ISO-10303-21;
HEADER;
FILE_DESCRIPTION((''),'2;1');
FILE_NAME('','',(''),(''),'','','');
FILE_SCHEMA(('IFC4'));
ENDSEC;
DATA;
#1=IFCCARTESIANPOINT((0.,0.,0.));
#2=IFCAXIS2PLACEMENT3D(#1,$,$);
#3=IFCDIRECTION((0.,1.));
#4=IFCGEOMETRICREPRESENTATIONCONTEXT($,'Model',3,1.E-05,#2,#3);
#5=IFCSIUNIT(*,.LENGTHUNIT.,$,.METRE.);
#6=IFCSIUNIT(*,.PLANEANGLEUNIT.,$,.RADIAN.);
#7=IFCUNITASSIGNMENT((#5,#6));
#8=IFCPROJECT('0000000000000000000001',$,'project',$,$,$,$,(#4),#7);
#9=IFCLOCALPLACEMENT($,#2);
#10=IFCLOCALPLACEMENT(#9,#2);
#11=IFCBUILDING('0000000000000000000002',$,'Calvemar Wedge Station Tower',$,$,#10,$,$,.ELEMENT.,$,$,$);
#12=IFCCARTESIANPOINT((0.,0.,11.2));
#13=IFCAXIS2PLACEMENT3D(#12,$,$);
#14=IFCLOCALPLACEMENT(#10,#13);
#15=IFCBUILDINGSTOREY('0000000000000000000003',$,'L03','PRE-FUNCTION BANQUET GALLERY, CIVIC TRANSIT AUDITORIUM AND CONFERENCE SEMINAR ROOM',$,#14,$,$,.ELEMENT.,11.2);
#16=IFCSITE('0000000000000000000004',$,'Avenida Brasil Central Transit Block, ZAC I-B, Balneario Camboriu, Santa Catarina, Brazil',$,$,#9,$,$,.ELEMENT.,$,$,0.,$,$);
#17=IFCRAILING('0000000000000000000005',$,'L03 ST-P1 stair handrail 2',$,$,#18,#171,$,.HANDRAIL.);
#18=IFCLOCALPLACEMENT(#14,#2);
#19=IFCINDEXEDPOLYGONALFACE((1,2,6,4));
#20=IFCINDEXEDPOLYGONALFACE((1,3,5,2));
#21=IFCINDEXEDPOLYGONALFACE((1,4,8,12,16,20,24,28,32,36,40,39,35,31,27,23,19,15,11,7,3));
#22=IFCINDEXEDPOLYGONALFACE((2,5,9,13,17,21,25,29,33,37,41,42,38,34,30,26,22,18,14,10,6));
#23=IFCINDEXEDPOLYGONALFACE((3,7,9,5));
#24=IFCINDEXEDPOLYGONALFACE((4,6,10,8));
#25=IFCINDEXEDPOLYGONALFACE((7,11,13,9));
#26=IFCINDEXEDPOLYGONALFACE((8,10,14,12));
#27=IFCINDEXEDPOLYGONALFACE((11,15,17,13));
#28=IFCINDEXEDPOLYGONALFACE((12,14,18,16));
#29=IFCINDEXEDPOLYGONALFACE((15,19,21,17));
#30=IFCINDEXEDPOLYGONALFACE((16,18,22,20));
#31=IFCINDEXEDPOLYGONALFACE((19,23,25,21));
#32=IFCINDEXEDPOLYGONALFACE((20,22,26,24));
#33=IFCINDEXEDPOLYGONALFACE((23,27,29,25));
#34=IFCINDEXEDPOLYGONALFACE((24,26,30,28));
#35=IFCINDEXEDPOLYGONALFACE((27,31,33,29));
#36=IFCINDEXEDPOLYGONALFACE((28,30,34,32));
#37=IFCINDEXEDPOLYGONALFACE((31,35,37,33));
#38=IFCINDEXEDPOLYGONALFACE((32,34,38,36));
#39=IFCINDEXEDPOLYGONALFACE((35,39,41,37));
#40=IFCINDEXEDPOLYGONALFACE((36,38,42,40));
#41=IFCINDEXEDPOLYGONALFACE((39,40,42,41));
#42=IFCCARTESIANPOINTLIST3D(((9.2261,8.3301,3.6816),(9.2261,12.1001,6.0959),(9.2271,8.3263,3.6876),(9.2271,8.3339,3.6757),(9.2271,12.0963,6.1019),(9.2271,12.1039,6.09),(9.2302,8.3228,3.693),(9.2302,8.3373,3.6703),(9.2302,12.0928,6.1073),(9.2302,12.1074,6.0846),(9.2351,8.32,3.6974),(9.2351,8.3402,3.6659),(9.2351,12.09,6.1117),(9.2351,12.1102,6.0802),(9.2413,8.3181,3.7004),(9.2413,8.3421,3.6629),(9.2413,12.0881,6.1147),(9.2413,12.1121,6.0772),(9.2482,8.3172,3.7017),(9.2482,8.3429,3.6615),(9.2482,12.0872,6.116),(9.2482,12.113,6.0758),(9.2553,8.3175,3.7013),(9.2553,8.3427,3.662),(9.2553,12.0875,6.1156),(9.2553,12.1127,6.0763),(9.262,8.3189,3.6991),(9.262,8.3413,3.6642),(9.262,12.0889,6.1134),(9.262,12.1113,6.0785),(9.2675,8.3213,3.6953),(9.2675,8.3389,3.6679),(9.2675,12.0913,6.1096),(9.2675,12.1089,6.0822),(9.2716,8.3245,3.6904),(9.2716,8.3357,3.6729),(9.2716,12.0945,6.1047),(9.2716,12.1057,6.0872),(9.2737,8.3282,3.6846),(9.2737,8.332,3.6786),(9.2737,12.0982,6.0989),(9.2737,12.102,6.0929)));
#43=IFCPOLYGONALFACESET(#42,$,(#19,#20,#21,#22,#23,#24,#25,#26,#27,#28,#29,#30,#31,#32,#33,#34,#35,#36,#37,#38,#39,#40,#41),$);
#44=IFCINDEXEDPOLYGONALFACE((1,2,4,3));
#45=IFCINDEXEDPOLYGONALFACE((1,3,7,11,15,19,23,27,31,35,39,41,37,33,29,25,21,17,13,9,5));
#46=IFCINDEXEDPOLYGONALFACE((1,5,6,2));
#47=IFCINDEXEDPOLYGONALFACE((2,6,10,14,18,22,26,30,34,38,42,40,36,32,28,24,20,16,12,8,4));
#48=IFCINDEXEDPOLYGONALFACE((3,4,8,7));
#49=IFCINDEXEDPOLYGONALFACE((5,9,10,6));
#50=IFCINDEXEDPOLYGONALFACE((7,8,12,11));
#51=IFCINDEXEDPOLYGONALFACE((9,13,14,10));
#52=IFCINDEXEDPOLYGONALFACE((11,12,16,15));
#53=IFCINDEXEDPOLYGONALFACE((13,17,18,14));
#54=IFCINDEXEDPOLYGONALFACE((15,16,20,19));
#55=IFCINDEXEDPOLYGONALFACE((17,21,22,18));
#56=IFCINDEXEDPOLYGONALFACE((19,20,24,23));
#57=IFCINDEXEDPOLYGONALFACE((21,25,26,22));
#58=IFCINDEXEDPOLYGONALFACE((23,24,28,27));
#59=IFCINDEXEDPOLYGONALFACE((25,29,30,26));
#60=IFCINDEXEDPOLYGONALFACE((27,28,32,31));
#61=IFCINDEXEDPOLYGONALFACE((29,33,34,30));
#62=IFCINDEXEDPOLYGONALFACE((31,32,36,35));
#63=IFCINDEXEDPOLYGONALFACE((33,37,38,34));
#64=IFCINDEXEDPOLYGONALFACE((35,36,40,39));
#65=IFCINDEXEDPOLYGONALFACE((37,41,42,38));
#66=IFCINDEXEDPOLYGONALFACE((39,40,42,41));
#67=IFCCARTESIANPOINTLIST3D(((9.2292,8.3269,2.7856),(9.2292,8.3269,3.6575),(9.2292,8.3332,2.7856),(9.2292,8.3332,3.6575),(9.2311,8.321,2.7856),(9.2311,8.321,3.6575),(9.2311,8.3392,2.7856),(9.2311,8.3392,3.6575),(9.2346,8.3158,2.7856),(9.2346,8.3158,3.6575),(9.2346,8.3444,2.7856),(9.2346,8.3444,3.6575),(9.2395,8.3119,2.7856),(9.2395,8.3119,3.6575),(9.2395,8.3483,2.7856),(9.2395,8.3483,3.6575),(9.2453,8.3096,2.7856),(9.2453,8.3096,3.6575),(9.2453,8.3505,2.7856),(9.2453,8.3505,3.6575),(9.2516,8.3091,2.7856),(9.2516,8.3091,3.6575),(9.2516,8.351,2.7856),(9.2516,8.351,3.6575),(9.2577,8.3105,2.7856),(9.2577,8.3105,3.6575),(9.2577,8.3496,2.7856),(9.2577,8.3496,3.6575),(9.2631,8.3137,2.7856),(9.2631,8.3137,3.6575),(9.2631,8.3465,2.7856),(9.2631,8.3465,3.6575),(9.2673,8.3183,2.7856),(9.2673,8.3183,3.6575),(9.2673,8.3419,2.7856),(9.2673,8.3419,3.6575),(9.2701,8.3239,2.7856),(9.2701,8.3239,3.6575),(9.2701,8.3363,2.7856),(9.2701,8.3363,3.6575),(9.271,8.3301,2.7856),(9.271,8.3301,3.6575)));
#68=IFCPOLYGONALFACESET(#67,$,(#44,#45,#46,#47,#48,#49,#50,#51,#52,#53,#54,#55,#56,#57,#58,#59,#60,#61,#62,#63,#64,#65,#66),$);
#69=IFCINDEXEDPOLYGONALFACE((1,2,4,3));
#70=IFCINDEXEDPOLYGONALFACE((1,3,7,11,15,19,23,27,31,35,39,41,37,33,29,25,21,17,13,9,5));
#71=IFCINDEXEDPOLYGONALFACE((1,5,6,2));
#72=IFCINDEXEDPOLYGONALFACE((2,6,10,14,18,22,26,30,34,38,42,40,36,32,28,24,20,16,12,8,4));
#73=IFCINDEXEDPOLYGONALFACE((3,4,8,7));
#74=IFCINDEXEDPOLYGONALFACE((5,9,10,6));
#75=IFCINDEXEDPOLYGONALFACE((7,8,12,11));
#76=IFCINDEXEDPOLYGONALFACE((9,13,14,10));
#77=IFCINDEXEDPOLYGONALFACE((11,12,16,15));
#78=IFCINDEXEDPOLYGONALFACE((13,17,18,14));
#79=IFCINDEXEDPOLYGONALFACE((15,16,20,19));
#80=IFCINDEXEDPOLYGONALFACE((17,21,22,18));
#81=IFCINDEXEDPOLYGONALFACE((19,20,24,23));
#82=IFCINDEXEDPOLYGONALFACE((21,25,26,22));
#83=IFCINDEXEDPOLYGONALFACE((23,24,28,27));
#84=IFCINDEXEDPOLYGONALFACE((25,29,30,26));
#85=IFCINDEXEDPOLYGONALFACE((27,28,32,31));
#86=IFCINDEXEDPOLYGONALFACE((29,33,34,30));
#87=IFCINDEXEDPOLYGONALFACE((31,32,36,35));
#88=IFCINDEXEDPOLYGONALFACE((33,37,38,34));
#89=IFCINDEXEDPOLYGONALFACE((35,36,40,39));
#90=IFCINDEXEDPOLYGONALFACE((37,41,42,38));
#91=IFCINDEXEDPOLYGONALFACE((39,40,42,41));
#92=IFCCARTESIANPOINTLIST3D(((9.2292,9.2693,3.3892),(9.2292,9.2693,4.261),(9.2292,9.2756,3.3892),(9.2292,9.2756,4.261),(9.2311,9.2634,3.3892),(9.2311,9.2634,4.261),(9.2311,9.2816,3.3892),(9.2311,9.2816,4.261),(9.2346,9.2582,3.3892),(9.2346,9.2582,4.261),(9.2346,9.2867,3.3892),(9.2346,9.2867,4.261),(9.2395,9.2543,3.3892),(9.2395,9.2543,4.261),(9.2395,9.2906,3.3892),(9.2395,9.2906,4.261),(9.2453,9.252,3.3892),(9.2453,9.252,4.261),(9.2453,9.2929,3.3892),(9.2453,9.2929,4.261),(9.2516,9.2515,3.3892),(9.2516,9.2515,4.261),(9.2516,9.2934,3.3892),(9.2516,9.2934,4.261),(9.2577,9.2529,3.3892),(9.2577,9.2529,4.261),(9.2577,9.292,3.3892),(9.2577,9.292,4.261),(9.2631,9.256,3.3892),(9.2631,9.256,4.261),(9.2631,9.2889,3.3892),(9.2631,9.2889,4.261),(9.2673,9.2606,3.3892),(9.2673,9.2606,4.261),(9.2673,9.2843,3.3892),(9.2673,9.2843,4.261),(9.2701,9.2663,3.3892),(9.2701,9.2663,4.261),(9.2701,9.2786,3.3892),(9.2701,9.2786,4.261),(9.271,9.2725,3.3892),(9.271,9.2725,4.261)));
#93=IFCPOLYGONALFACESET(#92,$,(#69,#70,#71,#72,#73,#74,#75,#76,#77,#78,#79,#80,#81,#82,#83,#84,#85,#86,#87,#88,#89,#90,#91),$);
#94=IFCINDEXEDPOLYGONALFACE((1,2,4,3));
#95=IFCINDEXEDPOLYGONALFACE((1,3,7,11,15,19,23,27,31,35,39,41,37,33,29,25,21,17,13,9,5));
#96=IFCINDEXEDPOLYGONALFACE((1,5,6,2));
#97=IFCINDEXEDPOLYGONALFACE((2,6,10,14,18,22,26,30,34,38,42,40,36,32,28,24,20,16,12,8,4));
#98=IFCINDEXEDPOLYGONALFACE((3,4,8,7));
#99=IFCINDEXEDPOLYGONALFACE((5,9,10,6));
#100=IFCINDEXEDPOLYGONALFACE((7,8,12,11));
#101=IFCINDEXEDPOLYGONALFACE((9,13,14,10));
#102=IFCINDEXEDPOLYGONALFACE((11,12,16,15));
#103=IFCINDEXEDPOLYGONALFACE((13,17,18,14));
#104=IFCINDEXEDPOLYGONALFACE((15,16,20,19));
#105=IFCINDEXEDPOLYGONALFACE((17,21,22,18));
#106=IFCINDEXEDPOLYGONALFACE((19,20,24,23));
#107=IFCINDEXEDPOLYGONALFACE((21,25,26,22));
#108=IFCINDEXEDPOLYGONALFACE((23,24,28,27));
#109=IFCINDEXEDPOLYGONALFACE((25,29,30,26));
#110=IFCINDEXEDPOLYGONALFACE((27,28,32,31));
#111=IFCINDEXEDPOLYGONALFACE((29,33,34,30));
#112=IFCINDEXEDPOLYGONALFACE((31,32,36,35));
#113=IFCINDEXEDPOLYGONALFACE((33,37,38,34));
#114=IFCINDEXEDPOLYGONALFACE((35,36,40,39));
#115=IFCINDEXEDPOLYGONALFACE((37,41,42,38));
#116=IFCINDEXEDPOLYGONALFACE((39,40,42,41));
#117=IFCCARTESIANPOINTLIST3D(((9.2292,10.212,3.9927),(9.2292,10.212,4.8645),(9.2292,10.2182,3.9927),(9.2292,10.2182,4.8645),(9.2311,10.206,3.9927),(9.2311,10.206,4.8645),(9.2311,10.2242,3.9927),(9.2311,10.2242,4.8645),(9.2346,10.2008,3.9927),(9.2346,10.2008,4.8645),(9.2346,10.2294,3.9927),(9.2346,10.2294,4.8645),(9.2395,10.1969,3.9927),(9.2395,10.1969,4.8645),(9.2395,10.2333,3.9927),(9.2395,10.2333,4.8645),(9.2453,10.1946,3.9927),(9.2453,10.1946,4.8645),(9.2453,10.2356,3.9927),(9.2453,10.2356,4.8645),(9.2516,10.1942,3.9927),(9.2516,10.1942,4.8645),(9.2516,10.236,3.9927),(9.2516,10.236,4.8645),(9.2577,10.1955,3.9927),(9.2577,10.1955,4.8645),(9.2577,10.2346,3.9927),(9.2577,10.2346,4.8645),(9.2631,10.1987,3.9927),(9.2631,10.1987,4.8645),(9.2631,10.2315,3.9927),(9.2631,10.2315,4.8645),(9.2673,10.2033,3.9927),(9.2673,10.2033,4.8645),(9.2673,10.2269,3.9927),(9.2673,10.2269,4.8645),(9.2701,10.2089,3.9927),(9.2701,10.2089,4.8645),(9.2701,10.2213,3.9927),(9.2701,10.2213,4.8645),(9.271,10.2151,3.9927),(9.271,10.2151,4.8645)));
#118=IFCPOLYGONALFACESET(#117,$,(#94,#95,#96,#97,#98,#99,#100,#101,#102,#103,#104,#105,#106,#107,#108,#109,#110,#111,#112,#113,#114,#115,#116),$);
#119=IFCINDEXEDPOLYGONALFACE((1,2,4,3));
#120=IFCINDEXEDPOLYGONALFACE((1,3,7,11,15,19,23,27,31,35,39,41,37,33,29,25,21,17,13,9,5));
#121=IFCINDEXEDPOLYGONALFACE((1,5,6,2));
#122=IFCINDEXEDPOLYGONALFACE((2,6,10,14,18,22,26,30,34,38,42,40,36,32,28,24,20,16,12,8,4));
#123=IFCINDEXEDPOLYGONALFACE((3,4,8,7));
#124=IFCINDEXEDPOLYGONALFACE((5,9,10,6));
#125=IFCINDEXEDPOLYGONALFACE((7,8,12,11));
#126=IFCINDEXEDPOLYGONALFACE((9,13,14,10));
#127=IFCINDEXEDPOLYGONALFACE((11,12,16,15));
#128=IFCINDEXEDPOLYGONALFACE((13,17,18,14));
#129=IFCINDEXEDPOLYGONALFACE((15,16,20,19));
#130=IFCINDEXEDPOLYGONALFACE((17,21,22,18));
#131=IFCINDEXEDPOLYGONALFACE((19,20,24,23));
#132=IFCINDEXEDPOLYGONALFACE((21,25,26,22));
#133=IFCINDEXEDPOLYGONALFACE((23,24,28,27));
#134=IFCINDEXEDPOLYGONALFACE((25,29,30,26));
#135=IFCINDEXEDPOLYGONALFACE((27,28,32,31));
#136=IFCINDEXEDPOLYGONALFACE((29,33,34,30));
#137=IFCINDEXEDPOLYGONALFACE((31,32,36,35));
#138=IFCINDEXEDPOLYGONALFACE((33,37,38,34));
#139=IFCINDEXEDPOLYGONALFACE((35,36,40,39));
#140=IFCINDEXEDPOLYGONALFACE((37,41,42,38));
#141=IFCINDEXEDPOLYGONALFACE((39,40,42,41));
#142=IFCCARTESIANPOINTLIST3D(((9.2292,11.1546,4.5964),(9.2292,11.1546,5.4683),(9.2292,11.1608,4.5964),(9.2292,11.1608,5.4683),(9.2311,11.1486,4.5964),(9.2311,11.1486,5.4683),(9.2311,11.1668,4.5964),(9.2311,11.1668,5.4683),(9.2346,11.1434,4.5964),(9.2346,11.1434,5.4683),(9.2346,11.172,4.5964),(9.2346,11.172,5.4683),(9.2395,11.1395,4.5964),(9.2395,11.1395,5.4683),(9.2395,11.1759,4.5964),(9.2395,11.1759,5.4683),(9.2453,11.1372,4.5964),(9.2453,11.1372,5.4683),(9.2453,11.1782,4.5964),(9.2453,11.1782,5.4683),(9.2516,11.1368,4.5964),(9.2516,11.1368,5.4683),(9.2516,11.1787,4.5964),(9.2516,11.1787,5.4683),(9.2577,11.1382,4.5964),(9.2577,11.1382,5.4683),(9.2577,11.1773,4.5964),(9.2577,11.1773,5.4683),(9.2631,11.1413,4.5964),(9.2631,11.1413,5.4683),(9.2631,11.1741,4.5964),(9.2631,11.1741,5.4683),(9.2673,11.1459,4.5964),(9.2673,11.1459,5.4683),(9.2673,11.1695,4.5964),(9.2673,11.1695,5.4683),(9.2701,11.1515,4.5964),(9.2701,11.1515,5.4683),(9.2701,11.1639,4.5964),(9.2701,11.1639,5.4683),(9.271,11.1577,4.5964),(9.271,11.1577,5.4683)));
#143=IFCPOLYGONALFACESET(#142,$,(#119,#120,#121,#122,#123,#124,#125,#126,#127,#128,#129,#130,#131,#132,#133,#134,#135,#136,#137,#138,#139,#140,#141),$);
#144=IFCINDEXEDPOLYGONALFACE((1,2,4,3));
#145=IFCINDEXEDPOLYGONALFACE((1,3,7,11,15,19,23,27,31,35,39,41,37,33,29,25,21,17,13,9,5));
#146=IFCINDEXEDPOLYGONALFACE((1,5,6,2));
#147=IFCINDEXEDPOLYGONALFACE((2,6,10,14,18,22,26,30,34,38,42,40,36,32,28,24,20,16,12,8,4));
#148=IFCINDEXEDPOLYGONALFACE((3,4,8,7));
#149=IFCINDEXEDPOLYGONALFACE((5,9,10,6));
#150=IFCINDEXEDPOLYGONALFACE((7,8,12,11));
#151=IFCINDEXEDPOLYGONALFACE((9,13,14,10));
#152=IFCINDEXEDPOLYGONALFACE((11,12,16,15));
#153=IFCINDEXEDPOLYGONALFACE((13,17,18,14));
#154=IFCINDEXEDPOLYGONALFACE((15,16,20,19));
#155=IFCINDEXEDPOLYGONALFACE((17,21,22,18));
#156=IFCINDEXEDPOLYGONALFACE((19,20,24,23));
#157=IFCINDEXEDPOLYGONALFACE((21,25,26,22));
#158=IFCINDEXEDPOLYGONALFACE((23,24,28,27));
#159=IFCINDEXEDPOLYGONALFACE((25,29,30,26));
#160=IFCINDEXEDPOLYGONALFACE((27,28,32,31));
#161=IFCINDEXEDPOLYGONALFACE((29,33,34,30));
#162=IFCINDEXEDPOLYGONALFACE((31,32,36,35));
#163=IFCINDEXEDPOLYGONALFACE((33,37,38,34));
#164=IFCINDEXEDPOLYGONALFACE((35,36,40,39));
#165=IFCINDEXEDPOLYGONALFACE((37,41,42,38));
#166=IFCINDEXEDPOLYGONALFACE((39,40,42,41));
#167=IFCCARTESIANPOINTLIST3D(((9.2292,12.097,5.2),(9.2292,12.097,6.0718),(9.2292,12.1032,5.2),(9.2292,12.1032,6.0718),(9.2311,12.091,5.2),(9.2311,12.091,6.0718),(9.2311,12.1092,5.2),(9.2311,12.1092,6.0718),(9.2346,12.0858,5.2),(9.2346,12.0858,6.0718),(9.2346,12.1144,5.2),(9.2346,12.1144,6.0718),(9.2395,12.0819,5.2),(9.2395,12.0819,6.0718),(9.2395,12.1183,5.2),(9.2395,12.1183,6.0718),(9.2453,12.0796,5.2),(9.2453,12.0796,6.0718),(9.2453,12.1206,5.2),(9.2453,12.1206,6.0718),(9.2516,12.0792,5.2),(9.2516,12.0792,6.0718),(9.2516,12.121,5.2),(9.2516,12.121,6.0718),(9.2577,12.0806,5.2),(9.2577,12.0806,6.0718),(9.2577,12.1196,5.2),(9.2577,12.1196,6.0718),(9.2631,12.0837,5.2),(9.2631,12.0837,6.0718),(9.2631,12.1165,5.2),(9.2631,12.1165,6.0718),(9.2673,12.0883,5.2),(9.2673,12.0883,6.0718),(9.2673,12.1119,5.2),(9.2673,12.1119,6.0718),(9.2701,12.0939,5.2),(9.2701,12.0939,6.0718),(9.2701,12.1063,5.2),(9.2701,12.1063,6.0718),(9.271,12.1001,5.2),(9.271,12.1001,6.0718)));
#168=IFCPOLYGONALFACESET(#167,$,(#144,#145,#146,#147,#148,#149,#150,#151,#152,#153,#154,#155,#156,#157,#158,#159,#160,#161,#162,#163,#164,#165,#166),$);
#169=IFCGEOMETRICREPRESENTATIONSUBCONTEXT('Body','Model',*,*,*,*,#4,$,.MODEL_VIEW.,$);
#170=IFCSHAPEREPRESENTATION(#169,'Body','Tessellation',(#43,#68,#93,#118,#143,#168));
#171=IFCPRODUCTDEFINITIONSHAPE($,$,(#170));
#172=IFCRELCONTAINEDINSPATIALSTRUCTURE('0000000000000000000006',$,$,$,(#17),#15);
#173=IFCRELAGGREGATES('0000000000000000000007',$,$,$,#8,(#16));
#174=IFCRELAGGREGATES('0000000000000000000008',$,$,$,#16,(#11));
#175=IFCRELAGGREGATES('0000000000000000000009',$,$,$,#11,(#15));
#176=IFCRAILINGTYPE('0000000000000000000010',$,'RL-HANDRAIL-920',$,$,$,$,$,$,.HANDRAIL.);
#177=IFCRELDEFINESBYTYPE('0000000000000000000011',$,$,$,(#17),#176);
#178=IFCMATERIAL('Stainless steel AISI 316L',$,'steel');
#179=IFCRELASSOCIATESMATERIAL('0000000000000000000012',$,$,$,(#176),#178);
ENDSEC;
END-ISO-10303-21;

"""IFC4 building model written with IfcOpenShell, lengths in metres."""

from ifc_helpers import new_model, si_unit, direction, frame, origin, origin_2d, place, context, subcontext, project, spatial, circle, extrude, material, type_object, element, save


model = new_model("IFC4")

# Units and contexts
model_context = context("Model", 3, precision=1e-05, world=origin(), true_north=direction((0.0, 1.0)))
body_context = subcontext(model_context, "Body", "Model", "MODEL_VIEW")
ifc_project = project(units=[si_unit("LENGTHUNIT", "METRE"), si_unit("PLANEANGLEUNIT", "RADIAN")], contexts=[model_context])

# Site, building, storey
site_placement = place(None, origin())
site = spatial("IfcSite", under=ifc_project, at=site_placement, Name="Avenida Brasil Central Transit Block, ZAC I-B, Balneario Camboriu, Santa Catarina, Brazil", CompositionType="ELEMENT", RefElevation=0.0)
building_placement = place(site_placement, origin())
building = spatial("IfcBuilding", under=site, at=building_placement, Name="Calvemar Wedge Station Tower", CompositionType="ELEMENT")
storey_placement = place(building_placement, frame((0.0, 0.0, 11.2)))
storey = spatial("IfcBuildingStorey", under=building, at=storey_placement, Name="L03", Description="PRE-FUNCTION BANQUET GALLERY, CIVIC TRANSIT AUDITORIUM AND CONFERENCE SEMINAR ROOM", CompositionType="ELEMENT", Elevation=11.2)

# Railing
ifc_material_1 = material(Name="Stainless steel AISI 316L", Category="steel")
railing_type_1 = type_object("IfcRailingType", Name="RL-HANDRAIL-920", PredefinedType="HANDRAIL", material=ifc_material_1)
railing_1_placement = place(storey_placement, frame((9.25, 8.3301, 2.7856)))
element("IfcRailing", 1, at=railing_1_placement, inside=storey, type_object=railing_type_1, Name="L03 ST-P1 stair handrail 2", PredefinedType="HANDRAIL", context=body_context, shape_type="SweptSolid", body=[
    extrude(circle(Radius=0.0239, at=origin_2d()), frame((0.0, 0.0, 0.896), z_axis=(0.0, 0.84212, 0.53929), x_axis=(-1.0, 0.0, 0.0)), (0.0, 0.0, 1.0), 4.4768),
    extrude(circle(Radius=0.021, at=origin_2d()), origin(), (0.0, 0.0, 1.0), 0.8718),
    extrude(circle(Radius=0.021, at=origin_2d()), frame((0.0, 0.9424, 0.6035)), (0.0, 0.0, 1.0), 0.8718),
    extrude(circle(Radius=0.021, at=origin_2d()), frame((0.0, 1.885, 1.207)), (0.0, 0.0, 1.0), 0.8718),
    extrude(circle(Radius=0.021, at=origin_2d()), frame((0.0, 2.8276, 1.8108)), (0.0, 0.0, 1.0), 0.8718),
    extrude(circle(Radius=0.021, at=origin_2d()), frame((0.0, 3.77, 2.4143)), (0.0, 0.0, 1.0), 0.8718),
])

save(model, "model.ifc")
